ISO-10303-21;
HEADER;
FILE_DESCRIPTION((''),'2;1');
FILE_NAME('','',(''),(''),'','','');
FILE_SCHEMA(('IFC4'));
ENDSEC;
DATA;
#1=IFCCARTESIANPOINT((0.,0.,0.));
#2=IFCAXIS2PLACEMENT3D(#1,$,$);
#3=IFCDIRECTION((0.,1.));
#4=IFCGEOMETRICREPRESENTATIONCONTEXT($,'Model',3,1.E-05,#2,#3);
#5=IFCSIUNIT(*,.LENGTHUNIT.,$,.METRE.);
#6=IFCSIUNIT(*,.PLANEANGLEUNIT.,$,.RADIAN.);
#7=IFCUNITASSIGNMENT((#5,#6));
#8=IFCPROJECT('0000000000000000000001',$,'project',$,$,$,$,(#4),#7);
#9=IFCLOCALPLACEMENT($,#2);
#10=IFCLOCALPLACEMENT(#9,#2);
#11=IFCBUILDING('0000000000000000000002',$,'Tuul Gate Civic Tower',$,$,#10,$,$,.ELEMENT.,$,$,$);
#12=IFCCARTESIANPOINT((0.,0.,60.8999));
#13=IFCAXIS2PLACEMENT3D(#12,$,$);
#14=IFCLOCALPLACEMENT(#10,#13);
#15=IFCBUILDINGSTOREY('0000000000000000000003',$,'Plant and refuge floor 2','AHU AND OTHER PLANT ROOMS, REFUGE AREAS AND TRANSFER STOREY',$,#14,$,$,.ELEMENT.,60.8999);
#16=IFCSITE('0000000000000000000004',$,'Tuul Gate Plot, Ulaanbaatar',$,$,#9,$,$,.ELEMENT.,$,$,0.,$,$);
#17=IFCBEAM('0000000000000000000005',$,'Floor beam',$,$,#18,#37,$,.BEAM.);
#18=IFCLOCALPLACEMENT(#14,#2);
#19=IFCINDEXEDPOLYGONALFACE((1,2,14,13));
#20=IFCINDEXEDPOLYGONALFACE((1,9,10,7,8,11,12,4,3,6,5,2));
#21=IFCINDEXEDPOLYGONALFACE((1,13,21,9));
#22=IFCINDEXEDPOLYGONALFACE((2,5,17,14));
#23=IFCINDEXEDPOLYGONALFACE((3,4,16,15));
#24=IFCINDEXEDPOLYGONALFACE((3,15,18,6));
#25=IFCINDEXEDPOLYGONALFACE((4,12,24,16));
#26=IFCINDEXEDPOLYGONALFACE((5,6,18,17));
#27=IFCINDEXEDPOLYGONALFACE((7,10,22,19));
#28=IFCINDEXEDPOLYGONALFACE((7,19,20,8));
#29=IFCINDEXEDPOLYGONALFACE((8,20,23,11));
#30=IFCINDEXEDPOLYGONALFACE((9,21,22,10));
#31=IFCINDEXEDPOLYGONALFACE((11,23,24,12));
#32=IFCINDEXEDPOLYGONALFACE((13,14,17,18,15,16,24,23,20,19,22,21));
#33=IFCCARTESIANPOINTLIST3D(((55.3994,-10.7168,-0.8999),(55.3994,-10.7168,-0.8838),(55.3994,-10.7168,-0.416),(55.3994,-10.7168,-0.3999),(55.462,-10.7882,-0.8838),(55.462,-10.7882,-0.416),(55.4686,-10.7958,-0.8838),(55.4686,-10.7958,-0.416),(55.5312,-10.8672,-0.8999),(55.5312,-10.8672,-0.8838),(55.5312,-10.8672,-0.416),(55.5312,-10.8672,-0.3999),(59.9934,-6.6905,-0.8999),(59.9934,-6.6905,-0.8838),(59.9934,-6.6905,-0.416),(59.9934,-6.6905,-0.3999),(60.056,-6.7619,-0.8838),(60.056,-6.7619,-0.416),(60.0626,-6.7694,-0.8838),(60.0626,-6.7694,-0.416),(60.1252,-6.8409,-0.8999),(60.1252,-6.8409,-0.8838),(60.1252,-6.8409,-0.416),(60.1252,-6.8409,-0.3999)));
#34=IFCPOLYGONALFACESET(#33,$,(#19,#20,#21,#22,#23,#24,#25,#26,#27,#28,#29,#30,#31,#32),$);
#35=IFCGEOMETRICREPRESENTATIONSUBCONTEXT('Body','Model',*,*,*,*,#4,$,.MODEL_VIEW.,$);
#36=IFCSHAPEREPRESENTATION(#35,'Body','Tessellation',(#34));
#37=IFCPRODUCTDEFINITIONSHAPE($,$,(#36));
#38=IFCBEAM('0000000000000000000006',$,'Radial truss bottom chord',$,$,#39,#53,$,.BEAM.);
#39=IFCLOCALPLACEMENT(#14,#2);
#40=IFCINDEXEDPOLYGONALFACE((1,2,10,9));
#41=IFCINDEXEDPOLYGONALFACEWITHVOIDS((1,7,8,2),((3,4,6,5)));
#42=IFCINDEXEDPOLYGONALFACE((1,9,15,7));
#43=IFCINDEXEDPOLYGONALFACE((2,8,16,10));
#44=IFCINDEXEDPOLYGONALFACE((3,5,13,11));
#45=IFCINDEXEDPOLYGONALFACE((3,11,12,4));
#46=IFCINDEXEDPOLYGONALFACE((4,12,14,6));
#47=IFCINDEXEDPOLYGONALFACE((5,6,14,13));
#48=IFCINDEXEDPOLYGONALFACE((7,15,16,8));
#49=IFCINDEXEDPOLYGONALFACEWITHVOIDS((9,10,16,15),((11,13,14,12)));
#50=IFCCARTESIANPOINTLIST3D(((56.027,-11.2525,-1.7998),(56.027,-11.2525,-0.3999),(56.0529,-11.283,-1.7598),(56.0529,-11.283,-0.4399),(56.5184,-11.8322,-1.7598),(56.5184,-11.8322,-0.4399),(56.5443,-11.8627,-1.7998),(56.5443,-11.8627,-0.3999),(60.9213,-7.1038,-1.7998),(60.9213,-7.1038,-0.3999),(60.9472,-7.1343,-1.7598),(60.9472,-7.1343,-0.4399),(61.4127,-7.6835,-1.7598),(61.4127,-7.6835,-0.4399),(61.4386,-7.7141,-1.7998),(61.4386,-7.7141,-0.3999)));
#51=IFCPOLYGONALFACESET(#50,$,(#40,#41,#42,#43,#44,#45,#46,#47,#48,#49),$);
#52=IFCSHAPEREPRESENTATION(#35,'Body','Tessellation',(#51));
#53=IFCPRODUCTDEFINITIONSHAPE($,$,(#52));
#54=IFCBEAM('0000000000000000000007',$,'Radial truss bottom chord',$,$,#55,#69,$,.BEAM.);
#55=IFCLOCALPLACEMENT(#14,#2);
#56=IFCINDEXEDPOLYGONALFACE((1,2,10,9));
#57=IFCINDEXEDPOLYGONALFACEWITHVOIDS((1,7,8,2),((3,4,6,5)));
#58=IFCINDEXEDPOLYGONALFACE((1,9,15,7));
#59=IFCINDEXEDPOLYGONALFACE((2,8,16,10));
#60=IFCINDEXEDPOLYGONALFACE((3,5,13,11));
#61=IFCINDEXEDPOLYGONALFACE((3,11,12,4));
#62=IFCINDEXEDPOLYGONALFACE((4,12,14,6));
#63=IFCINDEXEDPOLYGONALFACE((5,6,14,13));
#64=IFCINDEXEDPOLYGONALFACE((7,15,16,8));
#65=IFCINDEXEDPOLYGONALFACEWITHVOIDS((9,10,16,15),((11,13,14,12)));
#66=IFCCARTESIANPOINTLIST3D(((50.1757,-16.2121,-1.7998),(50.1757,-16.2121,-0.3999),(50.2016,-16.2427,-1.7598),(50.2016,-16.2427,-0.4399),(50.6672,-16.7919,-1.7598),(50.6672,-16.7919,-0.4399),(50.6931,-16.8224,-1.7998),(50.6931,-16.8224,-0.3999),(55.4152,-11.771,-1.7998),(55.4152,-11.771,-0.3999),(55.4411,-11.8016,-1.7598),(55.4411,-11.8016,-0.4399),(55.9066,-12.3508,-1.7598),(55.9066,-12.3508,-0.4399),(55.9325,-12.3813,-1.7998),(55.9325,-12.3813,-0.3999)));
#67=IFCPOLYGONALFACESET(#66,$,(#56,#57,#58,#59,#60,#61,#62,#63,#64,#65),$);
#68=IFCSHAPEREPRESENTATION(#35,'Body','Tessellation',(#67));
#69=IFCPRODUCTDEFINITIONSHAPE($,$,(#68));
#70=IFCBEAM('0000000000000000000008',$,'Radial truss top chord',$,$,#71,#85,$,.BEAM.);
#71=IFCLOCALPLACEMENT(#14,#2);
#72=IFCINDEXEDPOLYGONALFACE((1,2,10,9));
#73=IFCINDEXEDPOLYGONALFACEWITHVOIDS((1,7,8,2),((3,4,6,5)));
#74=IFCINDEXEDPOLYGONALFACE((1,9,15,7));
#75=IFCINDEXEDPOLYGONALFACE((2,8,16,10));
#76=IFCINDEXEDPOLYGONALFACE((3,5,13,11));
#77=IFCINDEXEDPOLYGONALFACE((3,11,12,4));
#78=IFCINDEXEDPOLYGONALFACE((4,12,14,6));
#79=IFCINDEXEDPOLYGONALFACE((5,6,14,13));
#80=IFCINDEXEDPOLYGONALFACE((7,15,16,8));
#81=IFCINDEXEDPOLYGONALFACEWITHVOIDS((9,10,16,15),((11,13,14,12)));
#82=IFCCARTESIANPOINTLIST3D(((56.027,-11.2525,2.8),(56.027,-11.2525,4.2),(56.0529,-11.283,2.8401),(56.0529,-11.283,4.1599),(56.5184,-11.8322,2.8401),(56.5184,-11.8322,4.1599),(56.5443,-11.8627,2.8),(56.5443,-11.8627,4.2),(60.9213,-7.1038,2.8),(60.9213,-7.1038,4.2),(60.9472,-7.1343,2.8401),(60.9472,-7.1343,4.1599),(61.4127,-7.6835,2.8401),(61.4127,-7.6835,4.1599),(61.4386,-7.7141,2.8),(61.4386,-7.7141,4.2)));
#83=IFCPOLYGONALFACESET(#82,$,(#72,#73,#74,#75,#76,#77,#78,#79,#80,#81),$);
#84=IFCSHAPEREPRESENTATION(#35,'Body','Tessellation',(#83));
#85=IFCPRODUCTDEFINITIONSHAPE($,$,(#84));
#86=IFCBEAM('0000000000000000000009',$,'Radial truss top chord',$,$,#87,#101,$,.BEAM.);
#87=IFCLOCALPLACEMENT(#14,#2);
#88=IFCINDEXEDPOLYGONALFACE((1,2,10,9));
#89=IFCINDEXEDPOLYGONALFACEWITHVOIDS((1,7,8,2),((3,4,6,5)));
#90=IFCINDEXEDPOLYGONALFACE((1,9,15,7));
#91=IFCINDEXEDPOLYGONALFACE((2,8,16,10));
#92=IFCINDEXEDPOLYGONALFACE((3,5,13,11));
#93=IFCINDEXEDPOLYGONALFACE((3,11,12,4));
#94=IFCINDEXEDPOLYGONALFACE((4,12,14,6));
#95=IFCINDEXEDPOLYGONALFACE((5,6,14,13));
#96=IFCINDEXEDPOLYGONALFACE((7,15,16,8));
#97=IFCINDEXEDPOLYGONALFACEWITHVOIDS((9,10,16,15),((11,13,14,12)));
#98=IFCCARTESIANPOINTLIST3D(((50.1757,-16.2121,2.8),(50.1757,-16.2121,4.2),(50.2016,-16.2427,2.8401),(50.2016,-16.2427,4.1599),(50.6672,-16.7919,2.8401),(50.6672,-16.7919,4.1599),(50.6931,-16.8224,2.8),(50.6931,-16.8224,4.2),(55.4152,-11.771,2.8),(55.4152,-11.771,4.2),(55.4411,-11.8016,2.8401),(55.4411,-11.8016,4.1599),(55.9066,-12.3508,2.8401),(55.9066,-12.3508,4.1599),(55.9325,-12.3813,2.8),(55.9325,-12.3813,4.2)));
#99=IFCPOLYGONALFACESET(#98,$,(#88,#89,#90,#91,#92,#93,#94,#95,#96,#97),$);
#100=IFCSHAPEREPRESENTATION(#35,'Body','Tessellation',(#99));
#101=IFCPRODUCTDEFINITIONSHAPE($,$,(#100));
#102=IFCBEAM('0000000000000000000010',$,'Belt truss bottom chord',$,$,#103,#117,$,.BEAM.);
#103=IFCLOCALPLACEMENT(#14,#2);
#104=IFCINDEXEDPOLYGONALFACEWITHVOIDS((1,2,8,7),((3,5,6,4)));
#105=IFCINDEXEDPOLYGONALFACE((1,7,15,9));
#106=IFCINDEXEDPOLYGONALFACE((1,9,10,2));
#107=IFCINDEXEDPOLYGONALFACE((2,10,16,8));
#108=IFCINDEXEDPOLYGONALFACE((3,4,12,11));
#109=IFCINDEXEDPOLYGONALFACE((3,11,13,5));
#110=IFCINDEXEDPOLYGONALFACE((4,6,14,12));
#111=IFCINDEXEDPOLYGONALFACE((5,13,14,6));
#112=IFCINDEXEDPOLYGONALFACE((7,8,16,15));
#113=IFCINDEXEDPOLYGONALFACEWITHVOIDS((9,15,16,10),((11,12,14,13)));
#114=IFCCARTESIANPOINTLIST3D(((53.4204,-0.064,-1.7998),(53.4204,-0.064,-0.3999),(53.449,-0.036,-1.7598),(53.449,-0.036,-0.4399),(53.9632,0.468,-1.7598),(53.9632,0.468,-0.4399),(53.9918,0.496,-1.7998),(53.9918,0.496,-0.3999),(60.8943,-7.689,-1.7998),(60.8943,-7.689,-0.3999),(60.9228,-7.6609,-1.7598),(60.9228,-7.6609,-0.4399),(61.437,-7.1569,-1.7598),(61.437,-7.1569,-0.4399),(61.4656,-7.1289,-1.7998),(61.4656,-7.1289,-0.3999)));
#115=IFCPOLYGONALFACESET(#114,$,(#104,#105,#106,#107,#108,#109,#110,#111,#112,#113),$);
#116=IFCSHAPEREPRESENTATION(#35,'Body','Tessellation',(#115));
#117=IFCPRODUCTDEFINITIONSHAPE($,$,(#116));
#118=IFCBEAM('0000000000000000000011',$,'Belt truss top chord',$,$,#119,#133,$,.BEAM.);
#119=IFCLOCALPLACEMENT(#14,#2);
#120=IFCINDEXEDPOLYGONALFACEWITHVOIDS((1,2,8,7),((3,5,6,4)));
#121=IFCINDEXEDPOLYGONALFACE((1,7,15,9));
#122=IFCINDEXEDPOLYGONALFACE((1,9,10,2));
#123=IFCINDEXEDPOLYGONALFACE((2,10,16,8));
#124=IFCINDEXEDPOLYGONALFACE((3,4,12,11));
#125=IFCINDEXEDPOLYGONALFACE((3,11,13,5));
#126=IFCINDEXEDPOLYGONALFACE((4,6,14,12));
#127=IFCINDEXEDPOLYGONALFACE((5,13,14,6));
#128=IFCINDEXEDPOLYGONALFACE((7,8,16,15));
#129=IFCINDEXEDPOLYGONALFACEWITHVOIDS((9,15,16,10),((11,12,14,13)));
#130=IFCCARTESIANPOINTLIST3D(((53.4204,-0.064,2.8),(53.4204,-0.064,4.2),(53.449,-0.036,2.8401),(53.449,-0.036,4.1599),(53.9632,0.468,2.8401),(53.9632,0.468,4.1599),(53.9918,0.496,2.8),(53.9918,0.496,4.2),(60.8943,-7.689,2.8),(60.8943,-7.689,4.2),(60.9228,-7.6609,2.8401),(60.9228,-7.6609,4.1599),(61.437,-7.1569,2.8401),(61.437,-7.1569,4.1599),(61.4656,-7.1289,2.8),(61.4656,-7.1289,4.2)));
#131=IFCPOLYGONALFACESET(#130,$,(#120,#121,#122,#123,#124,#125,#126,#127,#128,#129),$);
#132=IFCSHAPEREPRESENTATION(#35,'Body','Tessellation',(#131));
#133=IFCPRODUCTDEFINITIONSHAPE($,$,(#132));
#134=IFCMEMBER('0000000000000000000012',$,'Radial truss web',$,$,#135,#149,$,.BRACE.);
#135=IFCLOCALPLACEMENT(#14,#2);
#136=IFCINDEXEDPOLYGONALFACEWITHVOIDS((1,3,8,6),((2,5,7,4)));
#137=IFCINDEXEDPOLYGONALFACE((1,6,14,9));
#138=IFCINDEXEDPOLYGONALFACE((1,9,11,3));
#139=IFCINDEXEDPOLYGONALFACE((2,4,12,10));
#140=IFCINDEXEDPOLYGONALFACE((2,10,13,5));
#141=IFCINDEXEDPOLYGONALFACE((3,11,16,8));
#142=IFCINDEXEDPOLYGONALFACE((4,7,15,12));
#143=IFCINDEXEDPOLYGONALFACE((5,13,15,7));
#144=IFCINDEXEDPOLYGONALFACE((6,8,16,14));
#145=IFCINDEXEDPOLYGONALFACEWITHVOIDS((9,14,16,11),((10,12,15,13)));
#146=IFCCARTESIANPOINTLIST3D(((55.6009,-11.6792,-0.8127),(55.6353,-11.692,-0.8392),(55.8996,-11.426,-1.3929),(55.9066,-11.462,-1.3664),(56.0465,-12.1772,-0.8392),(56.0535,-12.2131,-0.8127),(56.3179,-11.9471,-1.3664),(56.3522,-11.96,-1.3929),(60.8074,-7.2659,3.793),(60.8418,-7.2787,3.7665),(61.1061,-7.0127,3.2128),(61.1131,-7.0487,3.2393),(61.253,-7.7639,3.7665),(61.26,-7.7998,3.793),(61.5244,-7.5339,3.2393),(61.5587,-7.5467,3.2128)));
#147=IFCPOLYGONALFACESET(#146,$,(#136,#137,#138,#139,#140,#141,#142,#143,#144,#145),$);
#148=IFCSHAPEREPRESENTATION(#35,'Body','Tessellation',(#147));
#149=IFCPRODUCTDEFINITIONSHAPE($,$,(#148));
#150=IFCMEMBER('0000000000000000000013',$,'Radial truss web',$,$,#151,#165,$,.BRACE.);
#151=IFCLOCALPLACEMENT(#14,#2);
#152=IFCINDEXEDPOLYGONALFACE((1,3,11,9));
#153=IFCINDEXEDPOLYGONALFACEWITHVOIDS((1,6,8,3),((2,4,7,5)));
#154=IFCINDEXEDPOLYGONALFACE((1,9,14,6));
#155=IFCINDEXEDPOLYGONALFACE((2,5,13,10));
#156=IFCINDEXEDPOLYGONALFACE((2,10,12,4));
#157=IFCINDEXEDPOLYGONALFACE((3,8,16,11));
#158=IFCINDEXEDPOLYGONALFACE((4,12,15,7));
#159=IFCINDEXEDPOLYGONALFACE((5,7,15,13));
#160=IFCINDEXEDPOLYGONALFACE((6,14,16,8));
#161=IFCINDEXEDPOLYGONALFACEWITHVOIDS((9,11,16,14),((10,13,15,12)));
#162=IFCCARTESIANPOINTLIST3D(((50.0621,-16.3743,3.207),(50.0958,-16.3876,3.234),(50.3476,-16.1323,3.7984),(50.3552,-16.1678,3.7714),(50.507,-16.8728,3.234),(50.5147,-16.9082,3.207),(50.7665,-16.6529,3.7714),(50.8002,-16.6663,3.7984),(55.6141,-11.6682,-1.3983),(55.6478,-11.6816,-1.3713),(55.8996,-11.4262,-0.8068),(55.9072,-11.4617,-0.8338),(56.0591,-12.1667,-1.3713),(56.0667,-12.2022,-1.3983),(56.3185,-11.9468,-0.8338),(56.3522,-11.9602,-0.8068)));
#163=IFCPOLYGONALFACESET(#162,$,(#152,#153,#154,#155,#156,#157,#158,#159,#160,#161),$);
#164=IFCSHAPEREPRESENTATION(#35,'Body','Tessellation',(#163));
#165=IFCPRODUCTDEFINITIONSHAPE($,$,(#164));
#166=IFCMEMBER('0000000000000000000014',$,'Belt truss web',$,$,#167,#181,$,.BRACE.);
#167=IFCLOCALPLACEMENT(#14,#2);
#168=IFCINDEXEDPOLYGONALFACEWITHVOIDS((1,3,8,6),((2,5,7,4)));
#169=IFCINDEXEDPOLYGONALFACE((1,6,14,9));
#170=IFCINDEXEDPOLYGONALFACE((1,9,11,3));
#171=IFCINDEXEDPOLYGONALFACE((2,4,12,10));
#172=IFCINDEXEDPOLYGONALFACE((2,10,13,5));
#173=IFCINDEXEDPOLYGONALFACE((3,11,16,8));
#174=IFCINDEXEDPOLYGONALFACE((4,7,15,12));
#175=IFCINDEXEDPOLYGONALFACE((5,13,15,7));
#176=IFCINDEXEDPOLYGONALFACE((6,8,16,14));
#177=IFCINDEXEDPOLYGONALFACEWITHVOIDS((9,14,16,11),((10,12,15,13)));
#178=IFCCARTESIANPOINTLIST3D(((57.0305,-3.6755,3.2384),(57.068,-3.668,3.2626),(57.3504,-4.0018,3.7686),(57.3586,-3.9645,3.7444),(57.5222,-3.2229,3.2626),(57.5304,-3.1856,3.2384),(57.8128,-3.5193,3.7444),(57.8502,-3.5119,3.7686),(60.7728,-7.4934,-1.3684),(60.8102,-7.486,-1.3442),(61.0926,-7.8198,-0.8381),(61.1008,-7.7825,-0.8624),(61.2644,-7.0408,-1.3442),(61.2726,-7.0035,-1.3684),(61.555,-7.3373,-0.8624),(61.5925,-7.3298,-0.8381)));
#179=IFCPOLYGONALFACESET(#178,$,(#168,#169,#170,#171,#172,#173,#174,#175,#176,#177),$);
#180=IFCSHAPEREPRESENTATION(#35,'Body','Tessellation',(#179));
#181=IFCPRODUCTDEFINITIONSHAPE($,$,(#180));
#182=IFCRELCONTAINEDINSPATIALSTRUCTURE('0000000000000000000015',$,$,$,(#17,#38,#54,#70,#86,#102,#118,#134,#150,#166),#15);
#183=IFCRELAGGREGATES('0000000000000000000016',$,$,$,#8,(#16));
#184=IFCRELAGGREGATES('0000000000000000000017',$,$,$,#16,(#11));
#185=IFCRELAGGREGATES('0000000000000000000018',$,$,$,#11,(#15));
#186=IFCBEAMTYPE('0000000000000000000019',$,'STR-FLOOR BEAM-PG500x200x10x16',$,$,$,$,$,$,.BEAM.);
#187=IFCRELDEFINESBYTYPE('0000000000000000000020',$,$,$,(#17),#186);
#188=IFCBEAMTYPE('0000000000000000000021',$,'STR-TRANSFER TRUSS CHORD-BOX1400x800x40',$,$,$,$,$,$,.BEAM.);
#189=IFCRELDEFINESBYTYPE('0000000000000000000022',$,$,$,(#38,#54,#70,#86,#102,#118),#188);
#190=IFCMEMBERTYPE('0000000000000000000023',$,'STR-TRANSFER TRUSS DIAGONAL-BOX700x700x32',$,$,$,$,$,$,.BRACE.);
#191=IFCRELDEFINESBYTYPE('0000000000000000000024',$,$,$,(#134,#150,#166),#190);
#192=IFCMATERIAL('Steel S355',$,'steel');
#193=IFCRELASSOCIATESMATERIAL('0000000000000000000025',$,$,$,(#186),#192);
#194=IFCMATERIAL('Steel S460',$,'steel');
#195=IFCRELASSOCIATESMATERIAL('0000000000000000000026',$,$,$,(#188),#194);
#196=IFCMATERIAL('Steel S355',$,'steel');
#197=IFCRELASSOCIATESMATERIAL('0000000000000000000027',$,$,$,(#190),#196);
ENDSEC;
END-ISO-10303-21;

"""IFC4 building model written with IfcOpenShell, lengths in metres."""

from ifc_helpers import new_model, si_unit, direction, frame, origin, origin_2d, place, context, subcontext, project, spatial, hollow_rectangle, i_section, extrude, material, material_profile, profile_set, type_object, element, save


model = new_model("IFC4")

# Units and contexts
model_context = context("Model", 3, precision=1e-05, world=origin(), true_north=direction((0.0, 1.0)))
body_context = subcontext(model_context, "Body", "Model", "MODEL_VIEW")
ifc_project = project(units=[si_unit("LENGTHUNIT", "METRE"), si_unit("PLANEANGLEUNIT", "RADIAN")], contexts=[model_context])

# Site, building, storey
site_placement = place(None, origin())
site = spatial("IfcSite", under=ifc_project, at=site_placement, Name="Tuul Gate Plot, Ulaanbaatar", CompositionType="ELEMENT", RefElevation=0.0)
building_placement = place(site_placement, origin())
building = spatial("IfcBuilding", under=site, at=building_placement, Name="Tuul Gate Civic Tower", CompositionType="ELEMENT")
storey_placement = place(building_placement, frame((0.0, 0.0, 60.8999)))
storey = spatial("IfcBuildingStorey", under=building, at=storey_placement, Name="Plant and refuge floor 2", Description="AHU AND OTHER PLANT ROOMS, REFUGE AREAS AND TRANSFER STOREY", CompositionType="ELEMENT", Elevation=60.8999)

# Beams
ifc_material_1 = material(Name="Steel S355", Category="steel")
ifc_material_profile_1 = material_profile(ifc_material_1, i_section(OverallWidth=0.2, OverallDepth=0.5, WebThickness=0.01, FlangeThickness=0.0161, at=origin_2d()), Name="PG500x200x10x16")
ifc_profile_set_1 = profile_set([ifc_material_profile_1], Name="Steel S355")
beam_type_1 = type_object("IfcBeamType", Name="STR-FLOOR BEAM-PG500x200x10x16", PredefinedType="BEAM", material=ifc_profile_set_1)
beam_1_placement = place(storey_placement, frame((55.4653, -10.792, -0.6499), z_axis=(0.752039, 0.659118, 0.0), x_axis=(-0.659118, 0.752039, 0.0)))
element("IfcBeam", 1, at=beam_1_placement, inside=storey, type_object=beam_type_1, Name="Floor beam", PredefinedType="BEAM", context=body_context, shape_type="SweptSolid", body=[
    extrude(i_section(OverallWidth=0.2, OverallDepth=0.5, WebThickness=0.01, FlangeThickness=0.0161, at=origin_2d()), origin(), (0.0, 0.0, 1.0), 6.1086),
])
ifc_material_2 = material(Name="Steel S460", Category="steel")
ifc_material_profile_2 = material_profile(ifc_material_2, hollow_rectangle(XDim=0.8, YDim=1.3999, WallThickness=0.04, at=origin_2d()), Name="BOX1400x800x40")
ifc_profile_set_2 = profile_set([ifc_material_profile_2], Name="Steel S460")
beam_type_2 = type_object("IfcBeamType", Name="STR-TRANSFER TRUSS CHORD-BOX1400x800x40", PredefinedType="BEAM", material=ifc_profile_set_2)
beam_2_placement = place(storey_placement, frame((61.1799, -7.4089, -1.0999), z_axis=(-0.76282, -0.646611, 0.0), x_axis=(0.646611, -0.76282, 0.0)))
element("IfcBeam", 2, at=beam_2_placement, inside=storey, type_object=beam_type_2, Name="Radial truss bottom chord", PredefinedType="BEAM", context=body_context, shape_type="SweptSolid", body=[
    extrude(hollow_rectangle(XDim=0.8, YDim=1.3999, WallThickness=0.04, at=origin_2d()), origin(), (0.0, 0.0, 1.0), 6.416),
])
beam_3_placement = place(storey_placement, frame((55.6738, -12.0762, -1.0999), z_axis=(-0.762831, -0.646598, 0.0), x_axis=(0.646598, -0.762831, 0.0)))
element("IfcBeam", 3, at=beam_3_placement, inside=storey, type_object=beam_type_2, Name="Radial truss bottom chord", PredefinedType="BEAM", context=body_context, shape_type="SweptSolid", body=[
    extrude(hollow_rectangle(XDim=0.8, YDim=1.3999, WallThickness=0.04, at=origin_2d()), origin(), (0.0, 0.0, 1.0), 6.8684),
])
beam_4_placement = place(storey_placement, frame((61.1799, -7.4089, 3.5), z_axis=(-0.76282, -0.646611, 0.0), x_axis=(0.646611, -0.76282, 0.0)))
element("IfcBeam", 4, at=beam_4_placement, inside=storey, type_object=beam_type_2, Name="Radial truss top chord", PredefinedType="BEAM", context=body_context, shape_type="SweptSolid", body=[
    extrude(hollow_rectangle(XDim=0.8, YDim=1.3999, WallThickness=0.04, at=origin_2d()), origin(), (0.0, 0.0, 1.0), 6.416),
])
beam_5_placement = place(storey_placement, frame((55.6738, -12.0762, 3.5), z_axis=(-0.762831, -0.646598, 0.0), x_axis=(0.646598, -0.762831, 0.0)))
element("IfcBeam", 5, at=beam_5_placement, inside=storey, type_object=beam_type_2, Name="Radial truss top chord", PredefinedType="BEAM", context=body_context, shape_type="SweptSolid", body=[
    extrude(hollow_rectangle(XDim=0.8, YDim=1.3999, WallThickness=0.04, at=origin_2d()), origin(), (0.0, 0.0, 1.0), 6.8684),
])
for number, where, z_axis, x_axis, name in (
    (6, (61.1799, -7.4089, -1.0999), (-0.699994, 0.714148, 0.0), (-0.714148, -0.699994, 0.0), "Belt truss bottom chord"),
    (7, (61.1799, -7.4089, 3.5), (-0.699994, 0.714148, 0.0), (-0.714148, -0.699994, 0.0), "Belt truss top chord"),
):
    element("IfcBeam", number, at=place(storey_placement, frame(where, z_axis=z_axis, x_axis=x_axis)), inside=storey, type_object=beam_type_2, Name=name, PredefinedType="BEAM", context=body_context, shape_type="SweptSolid", body=[
        extrude(hollow_rectangle(XDim=0.8, YDim=1.3999, WallThickness=0.04, at=origin_2d()), origin(), (0.0, 0.0, 1.0), 10.677),
    ])

# Members
ifc_material_3 = material(Name="Steel S355", Category="steel")
ifc_material_profile_3 = material_profile(ifc_material_3, hollow_rectangle(XDim=0.7, YDim=0.7, WallThickness=0.032, at=origin_2d()), Name="BOX700x700x32")
ifc_profile_set_3 = profile_set([ifc_material_profile_3], Name="Steel S355")
member_type_1 = type_object("IfcMemberType", Name="STR-TRANSFER TRUSS DIAGONAL-BOX700x700x32", PredefinedType="BRACE", material=ifc_profile_set_3)
member_1_placement = place(storey_placement, frame((55.9766, -11.8196, -1.1028), z_axis=(0.632325, 0.535991, 0.559355), x_axis=(-0.646607, 0.762823, 0.0)))
element("IfcMember", 8, at=member_1_placement, inside=storey, type_object=member_type_1, Name="Radial truss web", PredefinedType="BRACE", context=body_context, shape_type="SweptSolid", body=[
    extrude(hollow_rectangle(XDim=0.7, YDim=0.7, WallThickness=0.032, at=origin_2d()), origin(), (0.0, 0.0, 1.0), 8.2339),
])
member_2_placement = place(storey_placement, frame((55.9832, -11.8142, -1.1025), z_axis=(-0.644625, -0.546404, 0.534697), x_axis=(0.646599, -0.76283, 0.0)))
element("IfcMember", 9, at=member_2_placement, inside=storey, type_object=member_type_1, Name="Radial truss web", PredefinedType="BRACE", context=body_context, shape_type="SweptSolid", body=[
    extrude(hollow_rectangle(XDim=0.7, YDim=0.7, WallThickness=0.032, at=origin_2d()), origin(), (0.0, 0.0, 1.0), 8.6128),
])
member_3_placement = place(storey_placement, frame((61.1826, -7.4116, -1.1033), z_axis=(-0.530278, 0.541002, 0.65278), x_axis=(-0.71415, -0.699993, 0.0)))
element("IfcMember", 10, at=member_3_placement, inside=storey, type_object=member_type_1, Name="Belt truss web", PredefinedType="BRACE", context=body_context, shape_type="SweptSolid", body=[
    extrude(hollow_rectangle(XDim=0.7, YDim=0.7, WallThickness=0.032, at=origin_2d()), origin(), (0.0, 0.0, 1.0), 7.0571),
])

save(model, "model.ifc")
